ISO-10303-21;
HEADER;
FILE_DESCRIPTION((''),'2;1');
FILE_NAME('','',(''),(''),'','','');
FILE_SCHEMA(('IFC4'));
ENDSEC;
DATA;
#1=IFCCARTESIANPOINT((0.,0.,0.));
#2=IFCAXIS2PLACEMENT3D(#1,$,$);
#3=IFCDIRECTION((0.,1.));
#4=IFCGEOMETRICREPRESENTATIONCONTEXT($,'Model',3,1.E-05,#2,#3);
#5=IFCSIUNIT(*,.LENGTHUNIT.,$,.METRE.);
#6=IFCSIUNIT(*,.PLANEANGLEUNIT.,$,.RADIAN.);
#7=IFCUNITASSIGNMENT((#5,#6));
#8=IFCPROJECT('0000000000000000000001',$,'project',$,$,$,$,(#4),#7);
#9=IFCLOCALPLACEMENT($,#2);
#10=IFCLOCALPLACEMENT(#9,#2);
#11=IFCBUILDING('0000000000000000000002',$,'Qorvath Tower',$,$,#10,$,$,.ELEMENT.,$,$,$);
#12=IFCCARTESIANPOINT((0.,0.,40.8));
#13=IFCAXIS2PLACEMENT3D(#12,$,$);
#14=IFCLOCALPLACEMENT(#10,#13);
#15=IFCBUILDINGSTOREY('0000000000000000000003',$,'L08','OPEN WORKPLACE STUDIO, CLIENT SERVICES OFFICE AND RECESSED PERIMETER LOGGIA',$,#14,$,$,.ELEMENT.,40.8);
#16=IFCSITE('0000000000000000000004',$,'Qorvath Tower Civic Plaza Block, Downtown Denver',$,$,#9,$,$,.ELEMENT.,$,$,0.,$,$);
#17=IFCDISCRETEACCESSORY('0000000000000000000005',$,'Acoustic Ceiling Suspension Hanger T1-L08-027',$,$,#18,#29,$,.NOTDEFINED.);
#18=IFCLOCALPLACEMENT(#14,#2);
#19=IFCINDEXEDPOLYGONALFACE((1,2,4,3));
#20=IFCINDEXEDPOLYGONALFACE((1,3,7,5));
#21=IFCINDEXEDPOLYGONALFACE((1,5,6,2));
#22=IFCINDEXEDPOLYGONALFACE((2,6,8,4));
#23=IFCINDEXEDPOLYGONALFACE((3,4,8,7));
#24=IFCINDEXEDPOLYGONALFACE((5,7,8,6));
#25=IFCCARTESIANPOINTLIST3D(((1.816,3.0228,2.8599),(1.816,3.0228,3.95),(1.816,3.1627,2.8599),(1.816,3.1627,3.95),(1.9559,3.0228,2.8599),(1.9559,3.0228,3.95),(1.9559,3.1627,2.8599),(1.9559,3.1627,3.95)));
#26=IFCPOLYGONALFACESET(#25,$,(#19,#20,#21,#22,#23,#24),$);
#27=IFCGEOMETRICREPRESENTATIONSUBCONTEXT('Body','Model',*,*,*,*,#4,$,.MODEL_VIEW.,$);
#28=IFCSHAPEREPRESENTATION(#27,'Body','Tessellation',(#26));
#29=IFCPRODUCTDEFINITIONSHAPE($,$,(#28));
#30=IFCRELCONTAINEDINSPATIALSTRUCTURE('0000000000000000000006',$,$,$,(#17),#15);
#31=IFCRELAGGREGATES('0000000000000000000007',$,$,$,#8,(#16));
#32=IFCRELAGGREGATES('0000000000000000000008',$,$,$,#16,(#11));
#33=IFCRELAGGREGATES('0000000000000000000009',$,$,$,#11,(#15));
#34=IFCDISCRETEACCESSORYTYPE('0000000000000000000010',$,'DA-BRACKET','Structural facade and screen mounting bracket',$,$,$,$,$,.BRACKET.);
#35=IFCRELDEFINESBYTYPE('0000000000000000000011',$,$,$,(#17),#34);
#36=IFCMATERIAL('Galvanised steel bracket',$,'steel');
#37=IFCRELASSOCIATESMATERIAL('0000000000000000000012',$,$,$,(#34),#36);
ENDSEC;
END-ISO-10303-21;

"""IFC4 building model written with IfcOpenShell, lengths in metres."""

from ifc_helpers import new_model, si_unit, direction, frame, origin, origin_2d, place, context, subcontext, project, spatial, rectangle, extrude, material, type_object, element, save


model = new_model("IFC4")

# Units and contexts
model_context = context("Model", 3, precision=1e-05, world=origin(), true_north=direction((0.0, 1.0)))
body_context = subcontext(model_context, "Body", "Model", "MODEL_VIEW")
ifc_project = project(units=[si_unit("LENGTHUNIT", "METRE"), si_unit("PLANEANGLEUNIT", "RADIAN")], contexts=[model_context])

# Site, building, storey
site_placement = place(None, origin())
site = spatial("IfcSite", under=ifc_project, at=site_placement, Name="Qorvath Tower Civic Plaza Block, Downtown Denver", CompositionType="ELEMENT", RefElevation=0.0)
building_placement = place(site_placement, origin())
building = spatial("IfcBuilding", under=site, at=building_placement, Name="Qorvath Tower", CompositionType="ELEMENT")
storey_placement = place(building_placement, frame((0.0, 0.0, 40.8)))
storey = spatial("IfcBuildingStorey", under=building, at=storey_placement, Name="L08", Description="OPEN WORKPLACE STUDIO, CLIENT SERVICES OFFICE AND RECESSED PERIMETER LOGGIA", CompositionType="ELEMENT", Elevation=40.8)

# Discrete accessory
ifc_material_1 = material(Name="Galvanised steel bracket", Category="steel")
discrete_accessory_type = type_object("IfcDiscreteAccessoryType", Name="DA-BRACKET", Description="Structural facade and screen mounting bracket", PredefinedType="BRACKET", material=ifc_material_1)
discrete_accessory_placement = place(storey_placement, frame((1.886, 3.0928, 2.8599), z_axis=(0.0, 0.0, 1.0), x_axis=(1.0, 0.0, 0.0)))
element("IfcDiscreteAccessory", 1, at=discrete_accessory_placement, inside=storey, type_object=discrete_accessory_type, Name="Acoustic Ceiling Suspension Hanger T1-L08-027", PredefinedType="NOTDEFINED", context=body_context, shape_type="SweptSolid", body=[
    extrude(rectangle(XDim=0.1399, YDim=0.1399, at=origin_2d()), origin(), (0.0, 0.0, 1.0), 1.0901),
])

save(model, "model.ifc")
